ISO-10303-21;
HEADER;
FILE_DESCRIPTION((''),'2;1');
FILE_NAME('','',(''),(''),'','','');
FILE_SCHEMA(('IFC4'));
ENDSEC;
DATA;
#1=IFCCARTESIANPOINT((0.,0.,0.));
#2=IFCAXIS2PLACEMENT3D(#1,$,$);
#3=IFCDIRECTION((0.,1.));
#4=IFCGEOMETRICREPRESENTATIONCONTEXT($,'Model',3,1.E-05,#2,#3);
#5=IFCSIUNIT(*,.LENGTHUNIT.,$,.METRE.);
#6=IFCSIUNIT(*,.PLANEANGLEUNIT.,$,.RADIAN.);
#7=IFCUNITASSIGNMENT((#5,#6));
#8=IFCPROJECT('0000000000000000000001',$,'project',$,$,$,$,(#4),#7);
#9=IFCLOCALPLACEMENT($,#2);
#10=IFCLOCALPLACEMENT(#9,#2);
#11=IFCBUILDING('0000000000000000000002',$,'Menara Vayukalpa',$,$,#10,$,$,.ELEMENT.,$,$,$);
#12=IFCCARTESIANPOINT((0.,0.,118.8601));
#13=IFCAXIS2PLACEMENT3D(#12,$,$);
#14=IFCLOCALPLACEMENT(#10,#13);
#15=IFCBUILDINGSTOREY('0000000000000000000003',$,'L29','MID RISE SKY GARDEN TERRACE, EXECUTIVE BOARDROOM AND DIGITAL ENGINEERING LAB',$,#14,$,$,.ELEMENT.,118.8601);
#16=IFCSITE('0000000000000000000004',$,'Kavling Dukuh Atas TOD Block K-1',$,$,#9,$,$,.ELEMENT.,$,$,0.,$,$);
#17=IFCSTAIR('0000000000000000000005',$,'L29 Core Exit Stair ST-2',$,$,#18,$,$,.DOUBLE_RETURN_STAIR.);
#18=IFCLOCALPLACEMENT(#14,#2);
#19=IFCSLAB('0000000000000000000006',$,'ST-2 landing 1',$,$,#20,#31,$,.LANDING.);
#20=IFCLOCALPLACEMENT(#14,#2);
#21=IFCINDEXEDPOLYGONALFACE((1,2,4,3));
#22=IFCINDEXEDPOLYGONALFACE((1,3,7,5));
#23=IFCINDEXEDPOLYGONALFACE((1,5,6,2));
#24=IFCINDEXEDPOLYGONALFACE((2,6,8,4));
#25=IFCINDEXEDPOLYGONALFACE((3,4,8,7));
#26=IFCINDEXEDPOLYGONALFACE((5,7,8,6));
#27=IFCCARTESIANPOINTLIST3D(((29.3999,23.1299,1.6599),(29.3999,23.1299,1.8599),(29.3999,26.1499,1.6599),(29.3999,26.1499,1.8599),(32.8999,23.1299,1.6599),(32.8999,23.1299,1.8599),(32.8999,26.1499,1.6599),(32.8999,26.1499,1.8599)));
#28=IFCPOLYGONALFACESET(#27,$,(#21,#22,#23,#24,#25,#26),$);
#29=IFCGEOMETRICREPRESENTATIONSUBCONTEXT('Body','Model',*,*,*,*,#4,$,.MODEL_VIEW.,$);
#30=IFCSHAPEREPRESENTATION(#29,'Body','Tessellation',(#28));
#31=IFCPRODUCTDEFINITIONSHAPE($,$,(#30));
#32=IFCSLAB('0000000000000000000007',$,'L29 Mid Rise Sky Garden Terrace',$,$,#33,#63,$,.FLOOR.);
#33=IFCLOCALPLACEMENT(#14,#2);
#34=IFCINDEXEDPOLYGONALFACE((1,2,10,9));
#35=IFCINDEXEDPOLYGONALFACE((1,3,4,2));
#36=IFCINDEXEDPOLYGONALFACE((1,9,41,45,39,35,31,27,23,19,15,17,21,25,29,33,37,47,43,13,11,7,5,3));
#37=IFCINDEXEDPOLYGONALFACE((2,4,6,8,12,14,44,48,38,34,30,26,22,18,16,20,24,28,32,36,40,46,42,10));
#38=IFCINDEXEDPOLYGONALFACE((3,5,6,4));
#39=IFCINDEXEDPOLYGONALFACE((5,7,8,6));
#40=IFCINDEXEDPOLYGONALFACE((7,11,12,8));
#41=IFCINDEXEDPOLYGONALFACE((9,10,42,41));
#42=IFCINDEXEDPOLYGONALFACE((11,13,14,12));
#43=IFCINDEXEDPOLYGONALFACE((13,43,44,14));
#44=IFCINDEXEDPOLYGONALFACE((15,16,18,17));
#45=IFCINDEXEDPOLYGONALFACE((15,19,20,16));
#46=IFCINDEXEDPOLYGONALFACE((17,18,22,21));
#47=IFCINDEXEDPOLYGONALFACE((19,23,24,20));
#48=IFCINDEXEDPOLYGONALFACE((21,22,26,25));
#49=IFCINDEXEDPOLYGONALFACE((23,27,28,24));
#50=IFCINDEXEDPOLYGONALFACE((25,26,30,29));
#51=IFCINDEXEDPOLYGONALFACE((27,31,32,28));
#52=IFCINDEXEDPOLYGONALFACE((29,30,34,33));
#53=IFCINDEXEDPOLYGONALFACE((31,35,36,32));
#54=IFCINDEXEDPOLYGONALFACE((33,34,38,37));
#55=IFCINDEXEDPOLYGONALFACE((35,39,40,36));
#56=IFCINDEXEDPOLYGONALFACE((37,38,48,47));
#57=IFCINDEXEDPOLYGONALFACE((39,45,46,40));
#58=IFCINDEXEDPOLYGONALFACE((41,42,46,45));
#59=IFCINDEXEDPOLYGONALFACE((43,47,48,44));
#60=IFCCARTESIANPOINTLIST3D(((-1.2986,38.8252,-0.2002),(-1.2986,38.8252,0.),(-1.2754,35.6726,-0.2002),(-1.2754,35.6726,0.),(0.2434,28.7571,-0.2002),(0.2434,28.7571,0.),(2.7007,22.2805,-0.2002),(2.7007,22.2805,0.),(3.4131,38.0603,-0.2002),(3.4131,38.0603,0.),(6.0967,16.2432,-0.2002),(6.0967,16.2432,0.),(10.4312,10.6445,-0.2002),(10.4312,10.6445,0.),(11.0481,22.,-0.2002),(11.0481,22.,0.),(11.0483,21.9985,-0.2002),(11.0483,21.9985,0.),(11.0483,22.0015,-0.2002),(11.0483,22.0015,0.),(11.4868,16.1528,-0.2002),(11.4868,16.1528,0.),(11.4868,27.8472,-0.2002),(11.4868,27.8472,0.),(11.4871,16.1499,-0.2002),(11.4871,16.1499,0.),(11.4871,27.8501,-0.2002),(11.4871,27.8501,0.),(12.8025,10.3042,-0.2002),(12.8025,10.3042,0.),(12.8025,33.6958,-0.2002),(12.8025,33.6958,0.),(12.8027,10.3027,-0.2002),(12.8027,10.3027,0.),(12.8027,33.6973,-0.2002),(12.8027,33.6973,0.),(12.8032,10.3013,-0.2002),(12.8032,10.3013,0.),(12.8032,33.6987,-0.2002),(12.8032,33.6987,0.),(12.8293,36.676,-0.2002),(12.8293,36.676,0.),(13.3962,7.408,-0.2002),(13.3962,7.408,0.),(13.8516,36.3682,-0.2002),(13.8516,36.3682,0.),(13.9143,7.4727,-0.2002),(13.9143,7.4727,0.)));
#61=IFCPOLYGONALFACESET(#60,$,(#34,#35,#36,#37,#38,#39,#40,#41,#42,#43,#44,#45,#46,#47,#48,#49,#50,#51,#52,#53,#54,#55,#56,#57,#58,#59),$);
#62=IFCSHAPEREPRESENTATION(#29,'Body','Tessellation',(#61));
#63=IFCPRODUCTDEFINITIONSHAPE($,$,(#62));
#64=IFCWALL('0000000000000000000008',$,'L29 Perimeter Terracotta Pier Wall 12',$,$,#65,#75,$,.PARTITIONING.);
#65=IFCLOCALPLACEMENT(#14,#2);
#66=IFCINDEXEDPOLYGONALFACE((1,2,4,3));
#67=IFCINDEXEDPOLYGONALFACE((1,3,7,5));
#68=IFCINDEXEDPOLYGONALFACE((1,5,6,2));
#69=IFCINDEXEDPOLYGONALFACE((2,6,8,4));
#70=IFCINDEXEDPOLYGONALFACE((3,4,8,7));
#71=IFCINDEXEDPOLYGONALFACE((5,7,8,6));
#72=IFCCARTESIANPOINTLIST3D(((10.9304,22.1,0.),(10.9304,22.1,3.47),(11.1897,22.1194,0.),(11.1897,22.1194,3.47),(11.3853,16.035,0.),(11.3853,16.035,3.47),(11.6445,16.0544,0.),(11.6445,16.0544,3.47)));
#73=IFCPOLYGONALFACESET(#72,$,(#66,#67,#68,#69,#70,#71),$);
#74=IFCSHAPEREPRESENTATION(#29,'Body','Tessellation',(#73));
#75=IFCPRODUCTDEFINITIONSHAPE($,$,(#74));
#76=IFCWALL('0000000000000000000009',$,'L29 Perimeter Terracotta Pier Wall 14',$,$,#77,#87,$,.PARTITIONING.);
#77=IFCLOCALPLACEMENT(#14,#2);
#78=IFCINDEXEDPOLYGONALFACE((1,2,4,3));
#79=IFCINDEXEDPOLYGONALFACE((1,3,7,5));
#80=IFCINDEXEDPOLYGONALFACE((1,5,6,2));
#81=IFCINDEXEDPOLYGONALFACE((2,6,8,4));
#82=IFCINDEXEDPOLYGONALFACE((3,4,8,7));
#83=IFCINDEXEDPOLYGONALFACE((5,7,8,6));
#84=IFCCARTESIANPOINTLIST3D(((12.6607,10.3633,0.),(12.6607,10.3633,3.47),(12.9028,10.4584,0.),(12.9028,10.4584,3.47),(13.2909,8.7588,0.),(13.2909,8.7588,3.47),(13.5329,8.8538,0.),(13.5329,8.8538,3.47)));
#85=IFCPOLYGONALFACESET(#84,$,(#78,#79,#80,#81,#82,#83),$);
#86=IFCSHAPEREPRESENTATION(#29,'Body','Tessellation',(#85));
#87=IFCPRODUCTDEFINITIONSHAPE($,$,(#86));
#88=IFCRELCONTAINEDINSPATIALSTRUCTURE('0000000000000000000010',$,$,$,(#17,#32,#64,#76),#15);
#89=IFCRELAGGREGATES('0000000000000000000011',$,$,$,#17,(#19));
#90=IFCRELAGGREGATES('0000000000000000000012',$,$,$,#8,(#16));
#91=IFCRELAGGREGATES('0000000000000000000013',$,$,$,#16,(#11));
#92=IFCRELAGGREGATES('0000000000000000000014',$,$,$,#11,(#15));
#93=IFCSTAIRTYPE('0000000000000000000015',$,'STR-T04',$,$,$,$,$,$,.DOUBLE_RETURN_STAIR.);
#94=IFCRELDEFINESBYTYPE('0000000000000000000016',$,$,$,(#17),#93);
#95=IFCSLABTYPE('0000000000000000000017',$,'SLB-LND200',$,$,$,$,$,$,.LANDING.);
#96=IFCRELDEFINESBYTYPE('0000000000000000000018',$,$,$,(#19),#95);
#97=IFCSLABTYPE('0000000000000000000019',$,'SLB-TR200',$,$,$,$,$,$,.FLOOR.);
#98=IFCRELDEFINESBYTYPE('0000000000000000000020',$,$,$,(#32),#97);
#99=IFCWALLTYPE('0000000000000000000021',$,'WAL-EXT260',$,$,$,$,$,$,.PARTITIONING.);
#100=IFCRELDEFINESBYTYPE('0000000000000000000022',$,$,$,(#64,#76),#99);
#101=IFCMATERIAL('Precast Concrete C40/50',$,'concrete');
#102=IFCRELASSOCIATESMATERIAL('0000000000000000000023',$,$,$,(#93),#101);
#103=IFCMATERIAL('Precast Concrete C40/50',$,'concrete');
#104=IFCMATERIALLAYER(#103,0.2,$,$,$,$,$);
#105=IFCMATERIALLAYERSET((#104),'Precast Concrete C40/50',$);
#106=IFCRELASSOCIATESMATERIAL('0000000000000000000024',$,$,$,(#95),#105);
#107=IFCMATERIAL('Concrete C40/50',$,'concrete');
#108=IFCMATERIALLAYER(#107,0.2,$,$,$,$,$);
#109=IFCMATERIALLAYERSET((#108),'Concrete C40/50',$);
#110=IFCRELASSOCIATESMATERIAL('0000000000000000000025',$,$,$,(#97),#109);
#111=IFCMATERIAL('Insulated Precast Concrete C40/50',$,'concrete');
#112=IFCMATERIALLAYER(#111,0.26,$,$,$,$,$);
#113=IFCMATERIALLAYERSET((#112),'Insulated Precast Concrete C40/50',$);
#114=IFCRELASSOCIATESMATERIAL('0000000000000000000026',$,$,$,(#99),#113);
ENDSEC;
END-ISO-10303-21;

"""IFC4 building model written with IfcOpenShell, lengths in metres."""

from ifc_helpers import new_model, si_unit, direction, frame, frame_2d, origin, place, context, subcontext, project, spatial, polyline, rectangle, outline, extrude, material, layer, layer_set, type_object, element, aggregate, save


model = new_model("IFC4")

# Units and contexts
model_context = context("Model", 3, precision=1e-05, world=origin(), true_north=direction((0.0, 1.0)))
body_context = subcontext(model_context, "Body", "Model", "MODEL_VIEW")
ifc_project = project(units=[si_unit("LENGTHUNIT", "METRE"), si_unit("PLANEANGLEUNIT", "RADIAN")], contexts=[model_context])

# Site, building, storey
site_placement = place(None, origin())
site = spatial("IfcSite", under=ifc_project, at=site_placement, Name="Kavling Dukuh Atas TOD Block K-1", CompositionType="ELEMENT", RefElevation=0.0)
building_placement = place(site_placement, origin())
building = spatial("IfcBuilding", under=site, at=building_placement, Name="Menara Vayukalpa", CompositionType="ELEMENT")
storey_placement = place(building_placement, frame((0.0, 0.0, 118.8601)))
storey = spatial("IfcBuildingStorey", under=building, at=storey_placement, Name="L29", Description="MID RISE SKY GARDEN TERRACE, EXECUTIVE BOARDROOM AND DIGITAL ENGINEERING LAB", CompositionType="ELEMENT", Elevation=118.8601)

# Stair, slab
ifc_material_1 = material(Name="Precast Concrete C40/50", Category="concrete")
stair_type = type_object("IfcStairType", Name="STR-T04", PredefinedType="DOUBLE_RETURN_STAIR", material=ifc_material_1)
ifc_material_2 = material(Name="Precast Concrete C40/50", Category="concrete")
ifc_layer_1 = layer(ifc_material_2, 0.2)
ifc_layer_set_1 = layer_set([ifc_layer_1], Name="Precast Concrete C40/50")
slab_type_1 = type_object("IfcSlabType", Name="SLB-LND200", PredefinedType="LANDING", material=ifc_layer_set_1)
stair_1_placement = place(storey_placement, origin())
stair_1 = element("IfcStair", 1, at=stair_1_placement, inside=storey, type_object=stair_type, Name="L29 Core Exit Stair ST-2", PredefinedType="DOUBLE_RETURN_STAIR")
slab_1_placement = place(storey_placement, frame((0.0, 0.0, 1.6599)))
slab_1 = element("IfcSlab", 2, at=slab_1_placement, type_object=slab_type_1, Name="ST-2 landing 1", PredefinedType="LANDING", context=body_context, shape_type="SweptSolid", body=[
    extrude(outline(polyline([(32.8999, 23.1299), (32.8999, 26.1499), (29.3999, 26.1499), (29.3999, 23.1299), (32.8999, 23.1299)])), origin(), (0.0, 0.0, 1.0), 0.2),
])
aggregate(stair_1, [slab_1])

# Slab
ifc_material_3 = material(Name="Concrete C40/50", Category="concrete")
ifc_layer_2 = layer(ifc_material_3, 0.2)
ifc_layer_set_2 = layer_set([ifc_layer_2], Name="Concrete C40/50")
slab_type_2 = type_object("IfcSlabType", Name="SLB-TR200", PredefinedType="FLOOR", material=ifc_layer_set_2)
slab_2_placement = place(storey_placement, frame((0.0, 0.0, -0.2002)))
element("IfcSlab", 3, at=slab_2_placement, inside=storey, type_object=slab_type_2, Name="L29 Mid Rise Sky Garden Terrace", PredefinedType="FLOOR", context=body_context, shape_type="SweptSolid", body=[
    extrude(outline(polyline([(13.3962, 7.408), (10.4312, 10.6445), (6.0967, 16.2432), (2.7007, 22.2805), (0.2434, 28.7571), (-1.2754, 35.6726), (-1.2986, 38.8252), (3.4131, 38.0603), (12.8293, 36.676), (13.8516, 36.3682), (12.8032, 33.6987), (12.8027, 33.6973), (12.8025, 33.6958), (11.4871, 27.8501), (11.4868, 27.8472), (11.0483, 22.0015), (11.0481, 22.0), (11.0483, 21.9985), (11.4868, 16.1528), (11.4871, 16.1499), (12.8025, 10.3042), (12.8027, 10.3027), (12.8032, 10.3013), (13.9143, 7.4727), (13.3962, 7.408)])), origin(), (0.0, 0.0, 1.0), 0.2002),
])

# Walls
ifc_material_4 = material(Name="Insulated Precast Concrete C40/50", Category="concrete")
ifc_layer_3 = layer(ifc_material_4, 0.26)
ifc_layer_set_3 = layer_set([ifc_layer_3], Name="Insulated Precast Concrete C40/50")
wall_type = type_object("IfcWallType", Name="WAL-EXT260", PredefinedType="PARTITIONING", material=ifc_layer_set_3)
wall_1_placement = place(storey_placement, frame((11.5149, 16.0447, 0.0), z_axis=(0.0, 0.0, 1.0), x_axis=(-0.074784, 0.9972, 0.0)))
element("IfcWall", 4, at=wall_1_placement, inside=storey, type_object=wall_type, Name="L29 Perimeter Terracotta Pier Wall 12", PredefinedType="PARTITIONING", context=body_context, shape_type="SweptSolid", body=[
    extrude(rectangle(XDim=6.082, YDim=0.26, at=frame_2d((3.041, 0.0))), origin(), (0.0, 0.0, 1.0), 3.47),
])
wall_2_placement = place(storey_placement, frame((13.4119, 8.8064, 0.0), z_axis=(0.0, 0.0, 1.0), x_axis=(-0.365547, 0.930793, 0.0)))
element("IfcWall", 5, at=wall_2_placement, inside=storey, type_object=wall_type, Name="L29 Perimeter Terracotta Pier Wall 14", PredefinedType="PARTITIONING", context=body_context, shape_type="SweptSolid", body=[
    extrude(rectangle(XDim=1.7239, YDim=0.26, at=frame_2d((0.8618, 0.0))), origin(), (0.0, 0.0, 1.0), 3.47),
])

save(model, "model.ifc")
